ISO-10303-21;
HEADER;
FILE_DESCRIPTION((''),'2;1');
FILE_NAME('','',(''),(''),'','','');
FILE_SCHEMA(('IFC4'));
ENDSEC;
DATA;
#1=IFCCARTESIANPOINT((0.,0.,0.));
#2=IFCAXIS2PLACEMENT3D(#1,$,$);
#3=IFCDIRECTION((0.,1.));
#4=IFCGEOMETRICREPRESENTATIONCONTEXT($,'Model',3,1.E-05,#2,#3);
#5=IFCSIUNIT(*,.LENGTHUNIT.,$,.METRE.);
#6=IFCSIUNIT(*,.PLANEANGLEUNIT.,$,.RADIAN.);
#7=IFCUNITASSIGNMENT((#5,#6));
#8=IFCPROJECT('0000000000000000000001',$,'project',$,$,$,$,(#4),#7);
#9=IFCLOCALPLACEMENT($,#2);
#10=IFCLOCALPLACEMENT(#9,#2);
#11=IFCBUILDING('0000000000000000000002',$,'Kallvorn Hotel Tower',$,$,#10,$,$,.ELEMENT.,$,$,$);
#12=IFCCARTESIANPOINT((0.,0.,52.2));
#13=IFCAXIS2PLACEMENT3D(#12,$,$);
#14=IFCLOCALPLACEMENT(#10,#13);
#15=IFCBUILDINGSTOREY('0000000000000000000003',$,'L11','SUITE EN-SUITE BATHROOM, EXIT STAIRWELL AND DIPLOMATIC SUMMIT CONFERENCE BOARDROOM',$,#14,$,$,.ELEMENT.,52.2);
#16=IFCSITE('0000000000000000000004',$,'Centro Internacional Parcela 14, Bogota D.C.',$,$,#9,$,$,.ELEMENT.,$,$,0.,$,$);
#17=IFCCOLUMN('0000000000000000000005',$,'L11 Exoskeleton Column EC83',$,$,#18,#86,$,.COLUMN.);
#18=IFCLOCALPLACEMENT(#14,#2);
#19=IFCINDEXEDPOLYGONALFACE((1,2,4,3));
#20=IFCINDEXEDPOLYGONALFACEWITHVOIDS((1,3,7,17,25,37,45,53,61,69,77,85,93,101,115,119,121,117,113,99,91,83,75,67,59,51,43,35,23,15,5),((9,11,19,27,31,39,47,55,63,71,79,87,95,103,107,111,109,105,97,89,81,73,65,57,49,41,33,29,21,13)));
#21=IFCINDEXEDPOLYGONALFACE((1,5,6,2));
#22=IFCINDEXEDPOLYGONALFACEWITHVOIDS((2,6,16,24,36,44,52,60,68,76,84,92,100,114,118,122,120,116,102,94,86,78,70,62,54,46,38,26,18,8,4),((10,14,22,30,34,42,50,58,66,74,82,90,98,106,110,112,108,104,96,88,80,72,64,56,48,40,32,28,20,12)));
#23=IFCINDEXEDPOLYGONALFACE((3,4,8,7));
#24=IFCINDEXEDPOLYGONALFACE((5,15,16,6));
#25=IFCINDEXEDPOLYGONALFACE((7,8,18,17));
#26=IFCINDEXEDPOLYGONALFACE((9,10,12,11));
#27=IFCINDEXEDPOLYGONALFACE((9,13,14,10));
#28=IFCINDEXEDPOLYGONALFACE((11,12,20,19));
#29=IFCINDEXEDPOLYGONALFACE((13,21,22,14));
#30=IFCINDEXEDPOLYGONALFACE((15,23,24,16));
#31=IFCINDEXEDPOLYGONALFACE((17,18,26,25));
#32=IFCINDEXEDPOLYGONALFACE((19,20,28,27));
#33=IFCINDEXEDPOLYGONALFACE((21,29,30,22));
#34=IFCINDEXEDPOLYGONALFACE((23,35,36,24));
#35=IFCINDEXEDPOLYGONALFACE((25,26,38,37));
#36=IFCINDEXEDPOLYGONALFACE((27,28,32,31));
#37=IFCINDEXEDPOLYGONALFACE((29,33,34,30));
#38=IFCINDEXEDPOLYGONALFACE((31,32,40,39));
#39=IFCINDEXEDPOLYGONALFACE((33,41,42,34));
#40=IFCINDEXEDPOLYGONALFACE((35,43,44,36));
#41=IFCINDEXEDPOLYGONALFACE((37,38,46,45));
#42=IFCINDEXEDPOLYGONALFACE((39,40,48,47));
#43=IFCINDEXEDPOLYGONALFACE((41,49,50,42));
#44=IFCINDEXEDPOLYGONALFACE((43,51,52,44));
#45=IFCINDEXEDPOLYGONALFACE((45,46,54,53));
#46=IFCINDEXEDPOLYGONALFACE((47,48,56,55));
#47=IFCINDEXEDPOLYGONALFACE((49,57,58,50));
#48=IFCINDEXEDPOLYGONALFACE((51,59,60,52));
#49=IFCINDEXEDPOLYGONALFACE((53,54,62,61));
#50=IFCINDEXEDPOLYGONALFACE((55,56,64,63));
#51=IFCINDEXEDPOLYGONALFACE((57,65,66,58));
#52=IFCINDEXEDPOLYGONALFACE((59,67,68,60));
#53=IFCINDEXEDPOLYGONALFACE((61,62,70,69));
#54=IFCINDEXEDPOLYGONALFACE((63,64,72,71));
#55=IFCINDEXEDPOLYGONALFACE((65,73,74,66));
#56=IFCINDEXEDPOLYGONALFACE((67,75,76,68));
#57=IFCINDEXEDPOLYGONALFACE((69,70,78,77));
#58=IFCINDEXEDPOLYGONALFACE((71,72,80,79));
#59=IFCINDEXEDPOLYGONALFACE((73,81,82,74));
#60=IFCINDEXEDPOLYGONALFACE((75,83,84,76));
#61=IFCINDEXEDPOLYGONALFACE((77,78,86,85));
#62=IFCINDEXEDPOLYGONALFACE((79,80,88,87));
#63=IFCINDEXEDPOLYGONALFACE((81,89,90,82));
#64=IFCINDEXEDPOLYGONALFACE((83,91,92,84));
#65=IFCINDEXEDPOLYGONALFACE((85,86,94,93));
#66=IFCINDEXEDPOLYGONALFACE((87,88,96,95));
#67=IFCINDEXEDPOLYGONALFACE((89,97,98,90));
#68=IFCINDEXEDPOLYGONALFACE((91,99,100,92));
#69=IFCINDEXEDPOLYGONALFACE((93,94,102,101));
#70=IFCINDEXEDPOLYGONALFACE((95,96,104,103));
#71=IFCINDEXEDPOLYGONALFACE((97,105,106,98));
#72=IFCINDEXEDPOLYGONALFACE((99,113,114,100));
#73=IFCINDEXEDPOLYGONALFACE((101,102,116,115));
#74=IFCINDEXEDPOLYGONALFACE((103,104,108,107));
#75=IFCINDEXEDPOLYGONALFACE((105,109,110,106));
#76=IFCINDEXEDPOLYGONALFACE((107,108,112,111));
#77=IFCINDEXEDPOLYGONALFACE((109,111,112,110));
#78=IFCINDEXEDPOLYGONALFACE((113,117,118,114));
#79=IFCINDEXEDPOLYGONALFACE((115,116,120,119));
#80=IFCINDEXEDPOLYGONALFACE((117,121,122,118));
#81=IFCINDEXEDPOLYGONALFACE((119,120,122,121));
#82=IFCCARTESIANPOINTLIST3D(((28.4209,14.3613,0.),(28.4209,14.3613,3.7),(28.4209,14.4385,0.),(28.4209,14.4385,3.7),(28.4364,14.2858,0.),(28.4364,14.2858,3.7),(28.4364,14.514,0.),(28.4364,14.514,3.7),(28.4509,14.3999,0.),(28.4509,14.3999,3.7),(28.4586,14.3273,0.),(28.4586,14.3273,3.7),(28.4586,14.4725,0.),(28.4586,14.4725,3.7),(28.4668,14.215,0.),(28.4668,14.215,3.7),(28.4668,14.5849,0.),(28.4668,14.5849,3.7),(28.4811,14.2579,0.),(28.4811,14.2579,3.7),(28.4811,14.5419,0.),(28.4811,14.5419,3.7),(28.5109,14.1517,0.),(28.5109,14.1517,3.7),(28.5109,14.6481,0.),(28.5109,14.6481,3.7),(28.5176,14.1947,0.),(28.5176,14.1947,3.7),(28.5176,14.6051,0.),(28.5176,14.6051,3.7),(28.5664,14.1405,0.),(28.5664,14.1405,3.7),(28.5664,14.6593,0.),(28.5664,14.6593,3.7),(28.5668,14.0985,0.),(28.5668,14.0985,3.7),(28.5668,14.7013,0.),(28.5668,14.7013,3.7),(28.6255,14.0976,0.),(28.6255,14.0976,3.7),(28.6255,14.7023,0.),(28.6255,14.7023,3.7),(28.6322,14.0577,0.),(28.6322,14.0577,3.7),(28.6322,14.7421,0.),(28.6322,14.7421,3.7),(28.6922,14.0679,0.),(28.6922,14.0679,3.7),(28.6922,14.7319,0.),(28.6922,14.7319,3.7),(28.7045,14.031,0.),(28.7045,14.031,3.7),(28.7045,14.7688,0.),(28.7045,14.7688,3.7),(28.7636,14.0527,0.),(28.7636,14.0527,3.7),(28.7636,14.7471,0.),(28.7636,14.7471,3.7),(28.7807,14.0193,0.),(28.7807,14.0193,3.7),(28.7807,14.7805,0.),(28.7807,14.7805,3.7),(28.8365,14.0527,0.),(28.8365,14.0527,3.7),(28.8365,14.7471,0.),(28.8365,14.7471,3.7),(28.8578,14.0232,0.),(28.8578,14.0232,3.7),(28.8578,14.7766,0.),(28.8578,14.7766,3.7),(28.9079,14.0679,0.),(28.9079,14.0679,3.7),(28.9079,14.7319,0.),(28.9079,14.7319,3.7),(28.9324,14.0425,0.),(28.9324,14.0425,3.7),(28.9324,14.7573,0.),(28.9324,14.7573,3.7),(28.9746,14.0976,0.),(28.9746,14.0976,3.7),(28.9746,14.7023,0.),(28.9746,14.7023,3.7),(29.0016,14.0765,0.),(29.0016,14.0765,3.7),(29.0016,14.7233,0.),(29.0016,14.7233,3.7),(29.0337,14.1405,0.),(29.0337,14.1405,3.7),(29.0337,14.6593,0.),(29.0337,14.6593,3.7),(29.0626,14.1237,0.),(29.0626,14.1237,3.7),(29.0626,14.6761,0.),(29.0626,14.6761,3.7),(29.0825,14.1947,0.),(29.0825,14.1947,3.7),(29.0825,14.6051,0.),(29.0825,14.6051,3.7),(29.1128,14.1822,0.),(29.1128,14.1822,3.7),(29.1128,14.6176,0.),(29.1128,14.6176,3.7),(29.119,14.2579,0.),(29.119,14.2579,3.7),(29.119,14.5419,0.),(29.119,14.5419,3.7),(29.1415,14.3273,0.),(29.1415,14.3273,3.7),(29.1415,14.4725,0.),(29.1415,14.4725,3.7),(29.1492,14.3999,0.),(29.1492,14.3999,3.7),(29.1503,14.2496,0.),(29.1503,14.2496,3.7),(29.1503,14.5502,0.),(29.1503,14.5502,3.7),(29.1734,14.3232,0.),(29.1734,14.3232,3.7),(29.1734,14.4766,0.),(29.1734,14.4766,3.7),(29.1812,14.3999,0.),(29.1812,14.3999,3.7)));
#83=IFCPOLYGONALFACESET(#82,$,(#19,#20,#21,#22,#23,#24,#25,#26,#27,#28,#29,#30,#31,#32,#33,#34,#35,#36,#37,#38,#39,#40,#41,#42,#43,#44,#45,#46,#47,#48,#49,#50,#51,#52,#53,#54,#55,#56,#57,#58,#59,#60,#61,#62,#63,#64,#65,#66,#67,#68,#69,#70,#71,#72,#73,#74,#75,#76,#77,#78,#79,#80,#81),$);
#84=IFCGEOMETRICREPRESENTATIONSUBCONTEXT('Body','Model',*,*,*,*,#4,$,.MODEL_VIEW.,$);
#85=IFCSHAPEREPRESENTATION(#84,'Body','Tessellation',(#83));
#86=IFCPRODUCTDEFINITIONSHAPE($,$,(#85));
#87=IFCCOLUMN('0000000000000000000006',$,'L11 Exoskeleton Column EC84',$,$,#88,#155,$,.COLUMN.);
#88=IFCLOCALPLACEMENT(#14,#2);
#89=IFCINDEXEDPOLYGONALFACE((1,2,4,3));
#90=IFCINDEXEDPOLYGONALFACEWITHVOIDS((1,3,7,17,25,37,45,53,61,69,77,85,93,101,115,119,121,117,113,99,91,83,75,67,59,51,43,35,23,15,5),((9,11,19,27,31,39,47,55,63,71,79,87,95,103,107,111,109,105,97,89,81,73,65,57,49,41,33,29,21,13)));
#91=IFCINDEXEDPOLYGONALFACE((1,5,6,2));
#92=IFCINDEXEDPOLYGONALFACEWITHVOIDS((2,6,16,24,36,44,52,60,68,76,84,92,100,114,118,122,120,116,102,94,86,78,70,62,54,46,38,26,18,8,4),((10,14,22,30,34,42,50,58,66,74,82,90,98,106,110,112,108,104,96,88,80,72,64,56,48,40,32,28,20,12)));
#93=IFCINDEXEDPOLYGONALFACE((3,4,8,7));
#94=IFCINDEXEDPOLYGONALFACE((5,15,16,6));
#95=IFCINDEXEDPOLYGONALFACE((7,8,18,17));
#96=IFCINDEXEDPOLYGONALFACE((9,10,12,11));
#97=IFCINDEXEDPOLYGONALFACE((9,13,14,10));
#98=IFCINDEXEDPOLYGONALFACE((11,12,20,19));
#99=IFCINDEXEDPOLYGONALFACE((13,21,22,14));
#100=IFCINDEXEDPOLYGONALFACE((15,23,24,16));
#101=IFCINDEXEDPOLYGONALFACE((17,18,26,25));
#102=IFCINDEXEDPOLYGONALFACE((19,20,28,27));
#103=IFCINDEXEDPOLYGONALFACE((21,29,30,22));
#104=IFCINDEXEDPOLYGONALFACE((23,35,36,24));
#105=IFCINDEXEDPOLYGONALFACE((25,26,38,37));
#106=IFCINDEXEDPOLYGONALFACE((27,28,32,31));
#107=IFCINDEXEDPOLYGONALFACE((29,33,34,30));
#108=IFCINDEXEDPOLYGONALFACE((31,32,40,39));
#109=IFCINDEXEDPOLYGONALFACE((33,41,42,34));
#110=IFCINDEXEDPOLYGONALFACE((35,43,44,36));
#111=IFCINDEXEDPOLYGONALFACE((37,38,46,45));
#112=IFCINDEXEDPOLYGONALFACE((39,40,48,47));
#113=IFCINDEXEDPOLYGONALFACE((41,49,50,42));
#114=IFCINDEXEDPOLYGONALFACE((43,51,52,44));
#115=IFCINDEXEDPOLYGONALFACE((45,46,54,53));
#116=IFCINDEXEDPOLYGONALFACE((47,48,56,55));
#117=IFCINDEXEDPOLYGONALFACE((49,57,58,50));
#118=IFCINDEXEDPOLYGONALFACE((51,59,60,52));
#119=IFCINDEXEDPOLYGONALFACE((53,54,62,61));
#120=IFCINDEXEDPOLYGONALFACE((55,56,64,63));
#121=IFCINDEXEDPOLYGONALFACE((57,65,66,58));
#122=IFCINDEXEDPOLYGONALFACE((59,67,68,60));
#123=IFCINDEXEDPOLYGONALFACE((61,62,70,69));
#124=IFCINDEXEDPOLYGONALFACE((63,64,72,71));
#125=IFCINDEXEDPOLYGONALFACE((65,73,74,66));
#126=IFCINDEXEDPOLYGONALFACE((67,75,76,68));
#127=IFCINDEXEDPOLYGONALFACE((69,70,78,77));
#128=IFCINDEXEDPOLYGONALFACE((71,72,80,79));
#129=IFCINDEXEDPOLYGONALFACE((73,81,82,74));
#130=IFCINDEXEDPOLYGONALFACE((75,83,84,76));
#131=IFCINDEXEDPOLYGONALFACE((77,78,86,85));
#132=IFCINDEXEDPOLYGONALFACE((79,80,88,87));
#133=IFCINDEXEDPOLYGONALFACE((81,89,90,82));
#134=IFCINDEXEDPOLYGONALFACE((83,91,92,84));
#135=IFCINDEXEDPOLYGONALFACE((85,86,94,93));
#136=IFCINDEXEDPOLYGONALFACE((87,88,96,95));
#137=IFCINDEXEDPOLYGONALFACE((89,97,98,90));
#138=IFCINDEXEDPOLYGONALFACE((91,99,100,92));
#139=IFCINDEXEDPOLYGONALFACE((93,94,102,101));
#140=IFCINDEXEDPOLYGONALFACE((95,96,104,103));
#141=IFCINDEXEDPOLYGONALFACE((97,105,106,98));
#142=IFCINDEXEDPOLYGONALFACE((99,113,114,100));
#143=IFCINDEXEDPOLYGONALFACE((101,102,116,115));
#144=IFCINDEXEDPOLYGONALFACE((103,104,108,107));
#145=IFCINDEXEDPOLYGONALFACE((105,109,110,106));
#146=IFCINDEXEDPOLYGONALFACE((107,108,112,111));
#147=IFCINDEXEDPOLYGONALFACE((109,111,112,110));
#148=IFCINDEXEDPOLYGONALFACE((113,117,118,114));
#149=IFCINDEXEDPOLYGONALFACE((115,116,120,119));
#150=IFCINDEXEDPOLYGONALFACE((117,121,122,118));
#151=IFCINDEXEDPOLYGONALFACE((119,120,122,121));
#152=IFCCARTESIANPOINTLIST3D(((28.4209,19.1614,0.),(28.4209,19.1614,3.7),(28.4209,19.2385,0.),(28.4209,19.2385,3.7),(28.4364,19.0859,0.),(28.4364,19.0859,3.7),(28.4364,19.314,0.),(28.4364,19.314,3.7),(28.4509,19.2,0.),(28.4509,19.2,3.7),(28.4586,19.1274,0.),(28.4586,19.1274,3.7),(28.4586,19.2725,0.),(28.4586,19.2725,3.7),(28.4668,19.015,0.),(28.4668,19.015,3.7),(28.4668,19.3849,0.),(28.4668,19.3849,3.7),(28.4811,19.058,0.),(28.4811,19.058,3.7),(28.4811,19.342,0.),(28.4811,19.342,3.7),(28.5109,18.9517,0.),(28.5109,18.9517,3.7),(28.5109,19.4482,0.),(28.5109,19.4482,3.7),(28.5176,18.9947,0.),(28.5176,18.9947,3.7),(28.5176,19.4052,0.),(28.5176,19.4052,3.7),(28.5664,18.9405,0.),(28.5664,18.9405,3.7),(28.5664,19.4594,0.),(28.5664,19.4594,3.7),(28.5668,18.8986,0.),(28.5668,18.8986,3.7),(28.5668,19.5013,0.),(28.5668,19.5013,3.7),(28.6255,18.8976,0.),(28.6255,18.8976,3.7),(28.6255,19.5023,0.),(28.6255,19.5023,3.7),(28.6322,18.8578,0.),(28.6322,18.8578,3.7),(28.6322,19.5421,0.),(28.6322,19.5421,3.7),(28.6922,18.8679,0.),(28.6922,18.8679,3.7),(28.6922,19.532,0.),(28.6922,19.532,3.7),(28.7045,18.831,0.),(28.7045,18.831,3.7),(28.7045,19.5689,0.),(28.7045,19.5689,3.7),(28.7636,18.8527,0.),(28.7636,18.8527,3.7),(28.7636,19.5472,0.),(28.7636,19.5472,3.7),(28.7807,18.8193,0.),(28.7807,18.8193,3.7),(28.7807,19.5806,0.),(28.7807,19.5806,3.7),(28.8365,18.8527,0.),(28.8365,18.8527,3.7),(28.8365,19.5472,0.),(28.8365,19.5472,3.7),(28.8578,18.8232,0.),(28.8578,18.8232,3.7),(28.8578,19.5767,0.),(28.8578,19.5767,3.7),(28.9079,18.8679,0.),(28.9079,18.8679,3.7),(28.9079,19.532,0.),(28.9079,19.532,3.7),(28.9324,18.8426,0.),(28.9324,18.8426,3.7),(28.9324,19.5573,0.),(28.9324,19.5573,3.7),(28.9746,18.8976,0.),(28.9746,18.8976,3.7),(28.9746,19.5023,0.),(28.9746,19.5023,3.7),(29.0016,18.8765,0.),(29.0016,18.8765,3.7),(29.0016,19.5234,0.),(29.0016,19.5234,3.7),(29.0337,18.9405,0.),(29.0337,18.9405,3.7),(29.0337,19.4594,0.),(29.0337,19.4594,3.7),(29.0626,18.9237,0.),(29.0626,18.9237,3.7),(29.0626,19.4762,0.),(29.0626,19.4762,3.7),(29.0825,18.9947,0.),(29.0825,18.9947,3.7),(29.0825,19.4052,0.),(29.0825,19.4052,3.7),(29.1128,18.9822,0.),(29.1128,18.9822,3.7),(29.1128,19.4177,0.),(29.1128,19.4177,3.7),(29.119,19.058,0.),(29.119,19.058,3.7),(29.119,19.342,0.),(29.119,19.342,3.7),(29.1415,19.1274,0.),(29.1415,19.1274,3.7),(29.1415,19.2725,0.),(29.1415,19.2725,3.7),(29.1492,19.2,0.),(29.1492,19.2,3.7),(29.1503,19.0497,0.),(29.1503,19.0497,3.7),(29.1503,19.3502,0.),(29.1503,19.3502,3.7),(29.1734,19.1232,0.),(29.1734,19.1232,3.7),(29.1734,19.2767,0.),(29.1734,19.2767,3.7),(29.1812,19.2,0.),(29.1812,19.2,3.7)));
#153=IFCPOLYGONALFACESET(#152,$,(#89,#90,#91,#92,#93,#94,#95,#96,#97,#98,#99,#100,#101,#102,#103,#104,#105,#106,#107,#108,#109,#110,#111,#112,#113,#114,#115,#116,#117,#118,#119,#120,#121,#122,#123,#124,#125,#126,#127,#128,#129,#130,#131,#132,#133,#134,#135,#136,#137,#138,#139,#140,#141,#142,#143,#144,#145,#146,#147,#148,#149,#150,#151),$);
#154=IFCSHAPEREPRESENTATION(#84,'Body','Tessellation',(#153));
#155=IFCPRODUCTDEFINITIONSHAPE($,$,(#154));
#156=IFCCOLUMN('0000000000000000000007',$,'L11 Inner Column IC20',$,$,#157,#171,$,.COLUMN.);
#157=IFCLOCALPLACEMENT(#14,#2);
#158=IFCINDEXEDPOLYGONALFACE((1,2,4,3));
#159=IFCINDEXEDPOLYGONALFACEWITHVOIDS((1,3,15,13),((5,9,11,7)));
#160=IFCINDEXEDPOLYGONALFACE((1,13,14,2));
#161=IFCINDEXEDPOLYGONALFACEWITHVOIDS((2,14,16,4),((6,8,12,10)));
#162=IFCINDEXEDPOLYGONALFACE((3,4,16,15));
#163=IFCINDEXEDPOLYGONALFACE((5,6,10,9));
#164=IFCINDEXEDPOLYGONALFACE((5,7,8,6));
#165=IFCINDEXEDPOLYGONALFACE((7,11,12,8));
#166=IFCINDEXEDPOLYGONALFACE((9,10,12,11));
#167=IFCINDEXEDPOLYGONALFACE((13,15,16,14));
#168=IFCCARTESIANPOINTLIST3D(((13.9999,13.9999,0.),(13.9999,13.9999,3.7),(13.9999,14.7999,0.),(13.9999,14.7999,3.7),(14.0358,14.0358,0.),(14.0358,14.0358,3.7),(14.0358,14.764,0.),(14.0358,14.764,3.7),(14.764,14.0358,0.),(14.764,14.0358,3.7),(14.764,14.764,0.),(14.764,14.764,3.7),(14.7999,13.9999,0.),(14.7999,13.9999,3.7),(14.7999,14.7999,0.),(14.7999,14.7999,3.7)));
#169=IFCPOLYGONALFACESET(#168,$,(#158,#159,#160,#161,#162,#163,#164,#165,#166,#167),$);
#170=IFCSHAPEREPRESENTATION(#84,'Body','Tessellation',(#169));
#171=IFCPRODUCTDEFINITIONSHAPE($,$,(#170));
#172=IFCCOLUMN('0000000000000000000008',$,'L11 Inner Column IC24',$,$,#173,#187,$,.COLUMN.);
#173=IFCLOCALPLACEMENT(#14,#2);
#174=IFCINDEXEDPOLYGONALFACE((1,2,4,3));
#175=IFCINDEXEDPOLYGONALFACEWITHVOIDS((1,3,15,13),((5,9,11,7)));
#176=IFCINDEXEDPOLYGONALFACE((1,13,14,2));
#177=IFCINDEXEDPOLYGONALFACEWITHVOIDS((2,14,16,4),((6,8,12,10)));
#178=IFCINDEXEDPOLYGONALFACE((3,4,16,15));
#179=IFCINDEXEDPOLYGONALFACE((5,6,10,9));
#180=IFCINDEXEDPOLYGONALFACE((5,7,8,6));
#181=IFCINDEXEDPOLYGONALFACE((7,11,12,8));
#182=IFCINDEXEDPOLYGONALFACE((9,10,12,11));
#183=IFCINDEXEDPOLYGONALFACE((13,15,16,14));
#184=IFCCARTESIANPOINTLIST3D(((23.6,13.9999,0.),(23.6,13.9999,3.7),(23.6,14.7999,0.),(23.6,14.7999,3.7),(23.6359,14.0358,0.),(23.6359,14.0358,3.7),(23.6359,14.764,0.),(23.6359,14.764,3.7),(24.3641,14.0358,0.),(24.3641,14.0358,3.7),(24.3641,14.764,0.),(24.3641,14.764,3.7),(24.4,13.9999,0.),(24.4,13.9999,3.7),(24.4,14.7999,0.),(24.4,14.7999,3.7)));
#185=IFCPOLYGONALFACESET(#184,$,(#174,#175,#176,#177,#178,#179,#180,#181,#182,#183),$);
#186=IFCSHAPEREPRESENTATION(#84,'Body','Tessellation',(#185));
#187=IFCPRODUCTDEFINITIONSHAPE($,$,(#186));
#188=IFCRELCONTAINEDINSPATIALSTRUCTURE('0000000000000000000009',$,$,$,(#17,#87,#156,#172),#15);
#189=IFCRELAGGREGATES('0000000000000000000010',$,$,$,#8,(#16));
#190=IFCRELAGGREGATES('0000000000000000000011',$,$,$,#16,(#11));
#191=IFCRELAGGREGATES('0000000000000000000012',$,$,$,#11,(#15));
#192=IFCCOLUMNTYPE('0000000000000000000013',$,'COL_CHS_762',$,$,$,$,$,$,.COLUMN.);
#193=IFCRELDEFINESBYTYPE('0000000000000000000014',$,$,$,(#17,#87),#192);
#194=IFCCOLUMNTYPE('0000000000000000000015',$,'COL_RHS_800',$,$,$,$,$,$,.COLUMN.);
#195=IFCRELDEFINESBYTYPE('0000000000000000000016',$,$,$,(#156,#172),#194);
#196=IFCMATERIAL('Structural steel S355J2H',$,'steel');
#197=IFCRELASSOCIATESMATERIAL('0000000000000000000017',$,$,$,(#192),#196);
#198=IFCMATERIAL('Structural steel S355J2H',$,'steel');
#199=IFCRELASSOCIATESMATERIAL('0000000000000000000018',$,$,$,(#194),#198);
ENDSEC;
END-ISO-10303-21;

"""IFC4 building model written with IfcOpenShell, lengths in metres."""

from ifc_helpers import new_model, si_unit, direction, frame, origin, origin_2d, place, context, subcontext, project, spatial, hollow_rectangle, hollow_circle, extrude, material, material_profile, profile_set, type_object, element, save


model = new_model("IFC4")

# Units and contexts
model_context = context("Model", 3, precision=1e-05, world=origin(), true_north=direction((0.0, 1.0)))
body_context = subcontext(model_context, "Body", "Model", "MODEL_VIEW")
ifc_project = project(units=[si_unit("LENGTHUNIT", "METRE"), si_unit("PLANEANGLEUNIT", "RADIAN")], contexts=[model_context])

# Site, building, storey
site_placement = place(None, origin())
site = spatial("IfcSite", under=ifc_project, at=site_placement, Name="Centro Internacional Parcela 14, Bogota D.C.", CompositionType="ELEMENT", RefElevation=0.0)
building_placement = place(site_placement, origin())
building = spatial("IfcBuilding", under=site, at=building_placement, Name="Kallvorn Hotel Tower", CompositionType="ELEMENT")
storey_placement = place(building_placement, frame((0.0, 0.0, 52.2)))
storey = spatial("IfcBuildingStorey", under=building, at=storey_placement, Name="L11", Description="SUITE EN-SUITE BATHROOM, EXIT STAIRWELL AND DIPLOMATIC SUMMIT CONFERENCE BOARDROOM", CompositionType="ELEMENT", Elevation=52.2)

# Columns
ifc_material_1 = material(Name="Structural steel S355J2H", Category="steel")
ifc_material_profile_1 = material_profile(ifc_material_1, hollow_circle(Radius=0.3811, WallThickness=0.032, at=origin_2d()), Name="CHS 762x32")
ifc_profile_set_1 = profile_set([ifc_material_profile_1], Name="Structural steel S355J2H")
column_type_1 = type_object("IfcColumnType", Name="COL_CHS_762", PredefinedType="COLUMN", material=ifc_profile_set_1)
for number, where, z_axis, x_axis, name in (
    (1, (28.8, 14.3999, 0.0), (0.0, 0.0, 1.0), (1.0, 0.0, 0.0), "L11 Exoskeleton Column EC83"),
    (2, (28.8, 19.2, 0.0), (0.0, 0.0, 1.0), (1.0, 0.0, 0.0), "L11 Exoskeleton Column EC84"),
):
    element("IfcColumn", number, at=place(storey_placement, frame(where, z_axis=z_axis, x_axis=x_axis)), inside=storey, type_object=column_type_1, Name=name, PredefinedType="COLUMN", context=body_context, shape_type="SweptSolid", body=[
        extrude(hollow_circle(Radius=0.3811, WallThickness=0.032, at=origin_2d()), origin(), (0.0, 0.0, 1.0), 3.7),
    ])
ifc_material_2 = material(Name="Structural steel S355J2H", Category="steel")
ifc_material_profile_2 = material_profile(ifc_material_2, hollow_rectangle(XDim=0.8, YDim=0.8, WallThickness=0.0359, at=origin_2d()), Name="RHS 800x800x36")
ifc_profile_set_2 = profile_set([ifc_material_profile_2], Name="Structural steel S355J2H")
column_type_2 = type_object("IfcColumnType", Name="COL_RHS_800", PredefinedType="COLUMN", material=ifc_profile_set_2)
for number, where, z_axis, x_axis, name in (
    (3, (14.3999, 14.3999, 0.0), (0.0, 0.0, 1.0), (1.0, 0.0, 0.0), "L11 Inner Column IC20"),
    (4, (24.0, 14.3999, 0.0), (0.0, 0.0, 1.0), (1.0, 0.0, 0.0), "L11 Inner Column IC24"),
):
    element("IfcColumn", number, at=place(storey_placement, frame(where, z_axis=z_axis, x_axis=x_axis)), inside=storey, type_object=column_type_2, Name=name, PredefinedType="COLUMN", context=body_context, shape_type="SweptSolid", body=[
        extrude(hollow_rectangle(XDim=0.8, YDim=0.8, WallThickness=0.0359, at=origin_2d()), origin(), (0.0, 0.0, 1.0), 3.7),
    ])

save(model, "model.ifc")
